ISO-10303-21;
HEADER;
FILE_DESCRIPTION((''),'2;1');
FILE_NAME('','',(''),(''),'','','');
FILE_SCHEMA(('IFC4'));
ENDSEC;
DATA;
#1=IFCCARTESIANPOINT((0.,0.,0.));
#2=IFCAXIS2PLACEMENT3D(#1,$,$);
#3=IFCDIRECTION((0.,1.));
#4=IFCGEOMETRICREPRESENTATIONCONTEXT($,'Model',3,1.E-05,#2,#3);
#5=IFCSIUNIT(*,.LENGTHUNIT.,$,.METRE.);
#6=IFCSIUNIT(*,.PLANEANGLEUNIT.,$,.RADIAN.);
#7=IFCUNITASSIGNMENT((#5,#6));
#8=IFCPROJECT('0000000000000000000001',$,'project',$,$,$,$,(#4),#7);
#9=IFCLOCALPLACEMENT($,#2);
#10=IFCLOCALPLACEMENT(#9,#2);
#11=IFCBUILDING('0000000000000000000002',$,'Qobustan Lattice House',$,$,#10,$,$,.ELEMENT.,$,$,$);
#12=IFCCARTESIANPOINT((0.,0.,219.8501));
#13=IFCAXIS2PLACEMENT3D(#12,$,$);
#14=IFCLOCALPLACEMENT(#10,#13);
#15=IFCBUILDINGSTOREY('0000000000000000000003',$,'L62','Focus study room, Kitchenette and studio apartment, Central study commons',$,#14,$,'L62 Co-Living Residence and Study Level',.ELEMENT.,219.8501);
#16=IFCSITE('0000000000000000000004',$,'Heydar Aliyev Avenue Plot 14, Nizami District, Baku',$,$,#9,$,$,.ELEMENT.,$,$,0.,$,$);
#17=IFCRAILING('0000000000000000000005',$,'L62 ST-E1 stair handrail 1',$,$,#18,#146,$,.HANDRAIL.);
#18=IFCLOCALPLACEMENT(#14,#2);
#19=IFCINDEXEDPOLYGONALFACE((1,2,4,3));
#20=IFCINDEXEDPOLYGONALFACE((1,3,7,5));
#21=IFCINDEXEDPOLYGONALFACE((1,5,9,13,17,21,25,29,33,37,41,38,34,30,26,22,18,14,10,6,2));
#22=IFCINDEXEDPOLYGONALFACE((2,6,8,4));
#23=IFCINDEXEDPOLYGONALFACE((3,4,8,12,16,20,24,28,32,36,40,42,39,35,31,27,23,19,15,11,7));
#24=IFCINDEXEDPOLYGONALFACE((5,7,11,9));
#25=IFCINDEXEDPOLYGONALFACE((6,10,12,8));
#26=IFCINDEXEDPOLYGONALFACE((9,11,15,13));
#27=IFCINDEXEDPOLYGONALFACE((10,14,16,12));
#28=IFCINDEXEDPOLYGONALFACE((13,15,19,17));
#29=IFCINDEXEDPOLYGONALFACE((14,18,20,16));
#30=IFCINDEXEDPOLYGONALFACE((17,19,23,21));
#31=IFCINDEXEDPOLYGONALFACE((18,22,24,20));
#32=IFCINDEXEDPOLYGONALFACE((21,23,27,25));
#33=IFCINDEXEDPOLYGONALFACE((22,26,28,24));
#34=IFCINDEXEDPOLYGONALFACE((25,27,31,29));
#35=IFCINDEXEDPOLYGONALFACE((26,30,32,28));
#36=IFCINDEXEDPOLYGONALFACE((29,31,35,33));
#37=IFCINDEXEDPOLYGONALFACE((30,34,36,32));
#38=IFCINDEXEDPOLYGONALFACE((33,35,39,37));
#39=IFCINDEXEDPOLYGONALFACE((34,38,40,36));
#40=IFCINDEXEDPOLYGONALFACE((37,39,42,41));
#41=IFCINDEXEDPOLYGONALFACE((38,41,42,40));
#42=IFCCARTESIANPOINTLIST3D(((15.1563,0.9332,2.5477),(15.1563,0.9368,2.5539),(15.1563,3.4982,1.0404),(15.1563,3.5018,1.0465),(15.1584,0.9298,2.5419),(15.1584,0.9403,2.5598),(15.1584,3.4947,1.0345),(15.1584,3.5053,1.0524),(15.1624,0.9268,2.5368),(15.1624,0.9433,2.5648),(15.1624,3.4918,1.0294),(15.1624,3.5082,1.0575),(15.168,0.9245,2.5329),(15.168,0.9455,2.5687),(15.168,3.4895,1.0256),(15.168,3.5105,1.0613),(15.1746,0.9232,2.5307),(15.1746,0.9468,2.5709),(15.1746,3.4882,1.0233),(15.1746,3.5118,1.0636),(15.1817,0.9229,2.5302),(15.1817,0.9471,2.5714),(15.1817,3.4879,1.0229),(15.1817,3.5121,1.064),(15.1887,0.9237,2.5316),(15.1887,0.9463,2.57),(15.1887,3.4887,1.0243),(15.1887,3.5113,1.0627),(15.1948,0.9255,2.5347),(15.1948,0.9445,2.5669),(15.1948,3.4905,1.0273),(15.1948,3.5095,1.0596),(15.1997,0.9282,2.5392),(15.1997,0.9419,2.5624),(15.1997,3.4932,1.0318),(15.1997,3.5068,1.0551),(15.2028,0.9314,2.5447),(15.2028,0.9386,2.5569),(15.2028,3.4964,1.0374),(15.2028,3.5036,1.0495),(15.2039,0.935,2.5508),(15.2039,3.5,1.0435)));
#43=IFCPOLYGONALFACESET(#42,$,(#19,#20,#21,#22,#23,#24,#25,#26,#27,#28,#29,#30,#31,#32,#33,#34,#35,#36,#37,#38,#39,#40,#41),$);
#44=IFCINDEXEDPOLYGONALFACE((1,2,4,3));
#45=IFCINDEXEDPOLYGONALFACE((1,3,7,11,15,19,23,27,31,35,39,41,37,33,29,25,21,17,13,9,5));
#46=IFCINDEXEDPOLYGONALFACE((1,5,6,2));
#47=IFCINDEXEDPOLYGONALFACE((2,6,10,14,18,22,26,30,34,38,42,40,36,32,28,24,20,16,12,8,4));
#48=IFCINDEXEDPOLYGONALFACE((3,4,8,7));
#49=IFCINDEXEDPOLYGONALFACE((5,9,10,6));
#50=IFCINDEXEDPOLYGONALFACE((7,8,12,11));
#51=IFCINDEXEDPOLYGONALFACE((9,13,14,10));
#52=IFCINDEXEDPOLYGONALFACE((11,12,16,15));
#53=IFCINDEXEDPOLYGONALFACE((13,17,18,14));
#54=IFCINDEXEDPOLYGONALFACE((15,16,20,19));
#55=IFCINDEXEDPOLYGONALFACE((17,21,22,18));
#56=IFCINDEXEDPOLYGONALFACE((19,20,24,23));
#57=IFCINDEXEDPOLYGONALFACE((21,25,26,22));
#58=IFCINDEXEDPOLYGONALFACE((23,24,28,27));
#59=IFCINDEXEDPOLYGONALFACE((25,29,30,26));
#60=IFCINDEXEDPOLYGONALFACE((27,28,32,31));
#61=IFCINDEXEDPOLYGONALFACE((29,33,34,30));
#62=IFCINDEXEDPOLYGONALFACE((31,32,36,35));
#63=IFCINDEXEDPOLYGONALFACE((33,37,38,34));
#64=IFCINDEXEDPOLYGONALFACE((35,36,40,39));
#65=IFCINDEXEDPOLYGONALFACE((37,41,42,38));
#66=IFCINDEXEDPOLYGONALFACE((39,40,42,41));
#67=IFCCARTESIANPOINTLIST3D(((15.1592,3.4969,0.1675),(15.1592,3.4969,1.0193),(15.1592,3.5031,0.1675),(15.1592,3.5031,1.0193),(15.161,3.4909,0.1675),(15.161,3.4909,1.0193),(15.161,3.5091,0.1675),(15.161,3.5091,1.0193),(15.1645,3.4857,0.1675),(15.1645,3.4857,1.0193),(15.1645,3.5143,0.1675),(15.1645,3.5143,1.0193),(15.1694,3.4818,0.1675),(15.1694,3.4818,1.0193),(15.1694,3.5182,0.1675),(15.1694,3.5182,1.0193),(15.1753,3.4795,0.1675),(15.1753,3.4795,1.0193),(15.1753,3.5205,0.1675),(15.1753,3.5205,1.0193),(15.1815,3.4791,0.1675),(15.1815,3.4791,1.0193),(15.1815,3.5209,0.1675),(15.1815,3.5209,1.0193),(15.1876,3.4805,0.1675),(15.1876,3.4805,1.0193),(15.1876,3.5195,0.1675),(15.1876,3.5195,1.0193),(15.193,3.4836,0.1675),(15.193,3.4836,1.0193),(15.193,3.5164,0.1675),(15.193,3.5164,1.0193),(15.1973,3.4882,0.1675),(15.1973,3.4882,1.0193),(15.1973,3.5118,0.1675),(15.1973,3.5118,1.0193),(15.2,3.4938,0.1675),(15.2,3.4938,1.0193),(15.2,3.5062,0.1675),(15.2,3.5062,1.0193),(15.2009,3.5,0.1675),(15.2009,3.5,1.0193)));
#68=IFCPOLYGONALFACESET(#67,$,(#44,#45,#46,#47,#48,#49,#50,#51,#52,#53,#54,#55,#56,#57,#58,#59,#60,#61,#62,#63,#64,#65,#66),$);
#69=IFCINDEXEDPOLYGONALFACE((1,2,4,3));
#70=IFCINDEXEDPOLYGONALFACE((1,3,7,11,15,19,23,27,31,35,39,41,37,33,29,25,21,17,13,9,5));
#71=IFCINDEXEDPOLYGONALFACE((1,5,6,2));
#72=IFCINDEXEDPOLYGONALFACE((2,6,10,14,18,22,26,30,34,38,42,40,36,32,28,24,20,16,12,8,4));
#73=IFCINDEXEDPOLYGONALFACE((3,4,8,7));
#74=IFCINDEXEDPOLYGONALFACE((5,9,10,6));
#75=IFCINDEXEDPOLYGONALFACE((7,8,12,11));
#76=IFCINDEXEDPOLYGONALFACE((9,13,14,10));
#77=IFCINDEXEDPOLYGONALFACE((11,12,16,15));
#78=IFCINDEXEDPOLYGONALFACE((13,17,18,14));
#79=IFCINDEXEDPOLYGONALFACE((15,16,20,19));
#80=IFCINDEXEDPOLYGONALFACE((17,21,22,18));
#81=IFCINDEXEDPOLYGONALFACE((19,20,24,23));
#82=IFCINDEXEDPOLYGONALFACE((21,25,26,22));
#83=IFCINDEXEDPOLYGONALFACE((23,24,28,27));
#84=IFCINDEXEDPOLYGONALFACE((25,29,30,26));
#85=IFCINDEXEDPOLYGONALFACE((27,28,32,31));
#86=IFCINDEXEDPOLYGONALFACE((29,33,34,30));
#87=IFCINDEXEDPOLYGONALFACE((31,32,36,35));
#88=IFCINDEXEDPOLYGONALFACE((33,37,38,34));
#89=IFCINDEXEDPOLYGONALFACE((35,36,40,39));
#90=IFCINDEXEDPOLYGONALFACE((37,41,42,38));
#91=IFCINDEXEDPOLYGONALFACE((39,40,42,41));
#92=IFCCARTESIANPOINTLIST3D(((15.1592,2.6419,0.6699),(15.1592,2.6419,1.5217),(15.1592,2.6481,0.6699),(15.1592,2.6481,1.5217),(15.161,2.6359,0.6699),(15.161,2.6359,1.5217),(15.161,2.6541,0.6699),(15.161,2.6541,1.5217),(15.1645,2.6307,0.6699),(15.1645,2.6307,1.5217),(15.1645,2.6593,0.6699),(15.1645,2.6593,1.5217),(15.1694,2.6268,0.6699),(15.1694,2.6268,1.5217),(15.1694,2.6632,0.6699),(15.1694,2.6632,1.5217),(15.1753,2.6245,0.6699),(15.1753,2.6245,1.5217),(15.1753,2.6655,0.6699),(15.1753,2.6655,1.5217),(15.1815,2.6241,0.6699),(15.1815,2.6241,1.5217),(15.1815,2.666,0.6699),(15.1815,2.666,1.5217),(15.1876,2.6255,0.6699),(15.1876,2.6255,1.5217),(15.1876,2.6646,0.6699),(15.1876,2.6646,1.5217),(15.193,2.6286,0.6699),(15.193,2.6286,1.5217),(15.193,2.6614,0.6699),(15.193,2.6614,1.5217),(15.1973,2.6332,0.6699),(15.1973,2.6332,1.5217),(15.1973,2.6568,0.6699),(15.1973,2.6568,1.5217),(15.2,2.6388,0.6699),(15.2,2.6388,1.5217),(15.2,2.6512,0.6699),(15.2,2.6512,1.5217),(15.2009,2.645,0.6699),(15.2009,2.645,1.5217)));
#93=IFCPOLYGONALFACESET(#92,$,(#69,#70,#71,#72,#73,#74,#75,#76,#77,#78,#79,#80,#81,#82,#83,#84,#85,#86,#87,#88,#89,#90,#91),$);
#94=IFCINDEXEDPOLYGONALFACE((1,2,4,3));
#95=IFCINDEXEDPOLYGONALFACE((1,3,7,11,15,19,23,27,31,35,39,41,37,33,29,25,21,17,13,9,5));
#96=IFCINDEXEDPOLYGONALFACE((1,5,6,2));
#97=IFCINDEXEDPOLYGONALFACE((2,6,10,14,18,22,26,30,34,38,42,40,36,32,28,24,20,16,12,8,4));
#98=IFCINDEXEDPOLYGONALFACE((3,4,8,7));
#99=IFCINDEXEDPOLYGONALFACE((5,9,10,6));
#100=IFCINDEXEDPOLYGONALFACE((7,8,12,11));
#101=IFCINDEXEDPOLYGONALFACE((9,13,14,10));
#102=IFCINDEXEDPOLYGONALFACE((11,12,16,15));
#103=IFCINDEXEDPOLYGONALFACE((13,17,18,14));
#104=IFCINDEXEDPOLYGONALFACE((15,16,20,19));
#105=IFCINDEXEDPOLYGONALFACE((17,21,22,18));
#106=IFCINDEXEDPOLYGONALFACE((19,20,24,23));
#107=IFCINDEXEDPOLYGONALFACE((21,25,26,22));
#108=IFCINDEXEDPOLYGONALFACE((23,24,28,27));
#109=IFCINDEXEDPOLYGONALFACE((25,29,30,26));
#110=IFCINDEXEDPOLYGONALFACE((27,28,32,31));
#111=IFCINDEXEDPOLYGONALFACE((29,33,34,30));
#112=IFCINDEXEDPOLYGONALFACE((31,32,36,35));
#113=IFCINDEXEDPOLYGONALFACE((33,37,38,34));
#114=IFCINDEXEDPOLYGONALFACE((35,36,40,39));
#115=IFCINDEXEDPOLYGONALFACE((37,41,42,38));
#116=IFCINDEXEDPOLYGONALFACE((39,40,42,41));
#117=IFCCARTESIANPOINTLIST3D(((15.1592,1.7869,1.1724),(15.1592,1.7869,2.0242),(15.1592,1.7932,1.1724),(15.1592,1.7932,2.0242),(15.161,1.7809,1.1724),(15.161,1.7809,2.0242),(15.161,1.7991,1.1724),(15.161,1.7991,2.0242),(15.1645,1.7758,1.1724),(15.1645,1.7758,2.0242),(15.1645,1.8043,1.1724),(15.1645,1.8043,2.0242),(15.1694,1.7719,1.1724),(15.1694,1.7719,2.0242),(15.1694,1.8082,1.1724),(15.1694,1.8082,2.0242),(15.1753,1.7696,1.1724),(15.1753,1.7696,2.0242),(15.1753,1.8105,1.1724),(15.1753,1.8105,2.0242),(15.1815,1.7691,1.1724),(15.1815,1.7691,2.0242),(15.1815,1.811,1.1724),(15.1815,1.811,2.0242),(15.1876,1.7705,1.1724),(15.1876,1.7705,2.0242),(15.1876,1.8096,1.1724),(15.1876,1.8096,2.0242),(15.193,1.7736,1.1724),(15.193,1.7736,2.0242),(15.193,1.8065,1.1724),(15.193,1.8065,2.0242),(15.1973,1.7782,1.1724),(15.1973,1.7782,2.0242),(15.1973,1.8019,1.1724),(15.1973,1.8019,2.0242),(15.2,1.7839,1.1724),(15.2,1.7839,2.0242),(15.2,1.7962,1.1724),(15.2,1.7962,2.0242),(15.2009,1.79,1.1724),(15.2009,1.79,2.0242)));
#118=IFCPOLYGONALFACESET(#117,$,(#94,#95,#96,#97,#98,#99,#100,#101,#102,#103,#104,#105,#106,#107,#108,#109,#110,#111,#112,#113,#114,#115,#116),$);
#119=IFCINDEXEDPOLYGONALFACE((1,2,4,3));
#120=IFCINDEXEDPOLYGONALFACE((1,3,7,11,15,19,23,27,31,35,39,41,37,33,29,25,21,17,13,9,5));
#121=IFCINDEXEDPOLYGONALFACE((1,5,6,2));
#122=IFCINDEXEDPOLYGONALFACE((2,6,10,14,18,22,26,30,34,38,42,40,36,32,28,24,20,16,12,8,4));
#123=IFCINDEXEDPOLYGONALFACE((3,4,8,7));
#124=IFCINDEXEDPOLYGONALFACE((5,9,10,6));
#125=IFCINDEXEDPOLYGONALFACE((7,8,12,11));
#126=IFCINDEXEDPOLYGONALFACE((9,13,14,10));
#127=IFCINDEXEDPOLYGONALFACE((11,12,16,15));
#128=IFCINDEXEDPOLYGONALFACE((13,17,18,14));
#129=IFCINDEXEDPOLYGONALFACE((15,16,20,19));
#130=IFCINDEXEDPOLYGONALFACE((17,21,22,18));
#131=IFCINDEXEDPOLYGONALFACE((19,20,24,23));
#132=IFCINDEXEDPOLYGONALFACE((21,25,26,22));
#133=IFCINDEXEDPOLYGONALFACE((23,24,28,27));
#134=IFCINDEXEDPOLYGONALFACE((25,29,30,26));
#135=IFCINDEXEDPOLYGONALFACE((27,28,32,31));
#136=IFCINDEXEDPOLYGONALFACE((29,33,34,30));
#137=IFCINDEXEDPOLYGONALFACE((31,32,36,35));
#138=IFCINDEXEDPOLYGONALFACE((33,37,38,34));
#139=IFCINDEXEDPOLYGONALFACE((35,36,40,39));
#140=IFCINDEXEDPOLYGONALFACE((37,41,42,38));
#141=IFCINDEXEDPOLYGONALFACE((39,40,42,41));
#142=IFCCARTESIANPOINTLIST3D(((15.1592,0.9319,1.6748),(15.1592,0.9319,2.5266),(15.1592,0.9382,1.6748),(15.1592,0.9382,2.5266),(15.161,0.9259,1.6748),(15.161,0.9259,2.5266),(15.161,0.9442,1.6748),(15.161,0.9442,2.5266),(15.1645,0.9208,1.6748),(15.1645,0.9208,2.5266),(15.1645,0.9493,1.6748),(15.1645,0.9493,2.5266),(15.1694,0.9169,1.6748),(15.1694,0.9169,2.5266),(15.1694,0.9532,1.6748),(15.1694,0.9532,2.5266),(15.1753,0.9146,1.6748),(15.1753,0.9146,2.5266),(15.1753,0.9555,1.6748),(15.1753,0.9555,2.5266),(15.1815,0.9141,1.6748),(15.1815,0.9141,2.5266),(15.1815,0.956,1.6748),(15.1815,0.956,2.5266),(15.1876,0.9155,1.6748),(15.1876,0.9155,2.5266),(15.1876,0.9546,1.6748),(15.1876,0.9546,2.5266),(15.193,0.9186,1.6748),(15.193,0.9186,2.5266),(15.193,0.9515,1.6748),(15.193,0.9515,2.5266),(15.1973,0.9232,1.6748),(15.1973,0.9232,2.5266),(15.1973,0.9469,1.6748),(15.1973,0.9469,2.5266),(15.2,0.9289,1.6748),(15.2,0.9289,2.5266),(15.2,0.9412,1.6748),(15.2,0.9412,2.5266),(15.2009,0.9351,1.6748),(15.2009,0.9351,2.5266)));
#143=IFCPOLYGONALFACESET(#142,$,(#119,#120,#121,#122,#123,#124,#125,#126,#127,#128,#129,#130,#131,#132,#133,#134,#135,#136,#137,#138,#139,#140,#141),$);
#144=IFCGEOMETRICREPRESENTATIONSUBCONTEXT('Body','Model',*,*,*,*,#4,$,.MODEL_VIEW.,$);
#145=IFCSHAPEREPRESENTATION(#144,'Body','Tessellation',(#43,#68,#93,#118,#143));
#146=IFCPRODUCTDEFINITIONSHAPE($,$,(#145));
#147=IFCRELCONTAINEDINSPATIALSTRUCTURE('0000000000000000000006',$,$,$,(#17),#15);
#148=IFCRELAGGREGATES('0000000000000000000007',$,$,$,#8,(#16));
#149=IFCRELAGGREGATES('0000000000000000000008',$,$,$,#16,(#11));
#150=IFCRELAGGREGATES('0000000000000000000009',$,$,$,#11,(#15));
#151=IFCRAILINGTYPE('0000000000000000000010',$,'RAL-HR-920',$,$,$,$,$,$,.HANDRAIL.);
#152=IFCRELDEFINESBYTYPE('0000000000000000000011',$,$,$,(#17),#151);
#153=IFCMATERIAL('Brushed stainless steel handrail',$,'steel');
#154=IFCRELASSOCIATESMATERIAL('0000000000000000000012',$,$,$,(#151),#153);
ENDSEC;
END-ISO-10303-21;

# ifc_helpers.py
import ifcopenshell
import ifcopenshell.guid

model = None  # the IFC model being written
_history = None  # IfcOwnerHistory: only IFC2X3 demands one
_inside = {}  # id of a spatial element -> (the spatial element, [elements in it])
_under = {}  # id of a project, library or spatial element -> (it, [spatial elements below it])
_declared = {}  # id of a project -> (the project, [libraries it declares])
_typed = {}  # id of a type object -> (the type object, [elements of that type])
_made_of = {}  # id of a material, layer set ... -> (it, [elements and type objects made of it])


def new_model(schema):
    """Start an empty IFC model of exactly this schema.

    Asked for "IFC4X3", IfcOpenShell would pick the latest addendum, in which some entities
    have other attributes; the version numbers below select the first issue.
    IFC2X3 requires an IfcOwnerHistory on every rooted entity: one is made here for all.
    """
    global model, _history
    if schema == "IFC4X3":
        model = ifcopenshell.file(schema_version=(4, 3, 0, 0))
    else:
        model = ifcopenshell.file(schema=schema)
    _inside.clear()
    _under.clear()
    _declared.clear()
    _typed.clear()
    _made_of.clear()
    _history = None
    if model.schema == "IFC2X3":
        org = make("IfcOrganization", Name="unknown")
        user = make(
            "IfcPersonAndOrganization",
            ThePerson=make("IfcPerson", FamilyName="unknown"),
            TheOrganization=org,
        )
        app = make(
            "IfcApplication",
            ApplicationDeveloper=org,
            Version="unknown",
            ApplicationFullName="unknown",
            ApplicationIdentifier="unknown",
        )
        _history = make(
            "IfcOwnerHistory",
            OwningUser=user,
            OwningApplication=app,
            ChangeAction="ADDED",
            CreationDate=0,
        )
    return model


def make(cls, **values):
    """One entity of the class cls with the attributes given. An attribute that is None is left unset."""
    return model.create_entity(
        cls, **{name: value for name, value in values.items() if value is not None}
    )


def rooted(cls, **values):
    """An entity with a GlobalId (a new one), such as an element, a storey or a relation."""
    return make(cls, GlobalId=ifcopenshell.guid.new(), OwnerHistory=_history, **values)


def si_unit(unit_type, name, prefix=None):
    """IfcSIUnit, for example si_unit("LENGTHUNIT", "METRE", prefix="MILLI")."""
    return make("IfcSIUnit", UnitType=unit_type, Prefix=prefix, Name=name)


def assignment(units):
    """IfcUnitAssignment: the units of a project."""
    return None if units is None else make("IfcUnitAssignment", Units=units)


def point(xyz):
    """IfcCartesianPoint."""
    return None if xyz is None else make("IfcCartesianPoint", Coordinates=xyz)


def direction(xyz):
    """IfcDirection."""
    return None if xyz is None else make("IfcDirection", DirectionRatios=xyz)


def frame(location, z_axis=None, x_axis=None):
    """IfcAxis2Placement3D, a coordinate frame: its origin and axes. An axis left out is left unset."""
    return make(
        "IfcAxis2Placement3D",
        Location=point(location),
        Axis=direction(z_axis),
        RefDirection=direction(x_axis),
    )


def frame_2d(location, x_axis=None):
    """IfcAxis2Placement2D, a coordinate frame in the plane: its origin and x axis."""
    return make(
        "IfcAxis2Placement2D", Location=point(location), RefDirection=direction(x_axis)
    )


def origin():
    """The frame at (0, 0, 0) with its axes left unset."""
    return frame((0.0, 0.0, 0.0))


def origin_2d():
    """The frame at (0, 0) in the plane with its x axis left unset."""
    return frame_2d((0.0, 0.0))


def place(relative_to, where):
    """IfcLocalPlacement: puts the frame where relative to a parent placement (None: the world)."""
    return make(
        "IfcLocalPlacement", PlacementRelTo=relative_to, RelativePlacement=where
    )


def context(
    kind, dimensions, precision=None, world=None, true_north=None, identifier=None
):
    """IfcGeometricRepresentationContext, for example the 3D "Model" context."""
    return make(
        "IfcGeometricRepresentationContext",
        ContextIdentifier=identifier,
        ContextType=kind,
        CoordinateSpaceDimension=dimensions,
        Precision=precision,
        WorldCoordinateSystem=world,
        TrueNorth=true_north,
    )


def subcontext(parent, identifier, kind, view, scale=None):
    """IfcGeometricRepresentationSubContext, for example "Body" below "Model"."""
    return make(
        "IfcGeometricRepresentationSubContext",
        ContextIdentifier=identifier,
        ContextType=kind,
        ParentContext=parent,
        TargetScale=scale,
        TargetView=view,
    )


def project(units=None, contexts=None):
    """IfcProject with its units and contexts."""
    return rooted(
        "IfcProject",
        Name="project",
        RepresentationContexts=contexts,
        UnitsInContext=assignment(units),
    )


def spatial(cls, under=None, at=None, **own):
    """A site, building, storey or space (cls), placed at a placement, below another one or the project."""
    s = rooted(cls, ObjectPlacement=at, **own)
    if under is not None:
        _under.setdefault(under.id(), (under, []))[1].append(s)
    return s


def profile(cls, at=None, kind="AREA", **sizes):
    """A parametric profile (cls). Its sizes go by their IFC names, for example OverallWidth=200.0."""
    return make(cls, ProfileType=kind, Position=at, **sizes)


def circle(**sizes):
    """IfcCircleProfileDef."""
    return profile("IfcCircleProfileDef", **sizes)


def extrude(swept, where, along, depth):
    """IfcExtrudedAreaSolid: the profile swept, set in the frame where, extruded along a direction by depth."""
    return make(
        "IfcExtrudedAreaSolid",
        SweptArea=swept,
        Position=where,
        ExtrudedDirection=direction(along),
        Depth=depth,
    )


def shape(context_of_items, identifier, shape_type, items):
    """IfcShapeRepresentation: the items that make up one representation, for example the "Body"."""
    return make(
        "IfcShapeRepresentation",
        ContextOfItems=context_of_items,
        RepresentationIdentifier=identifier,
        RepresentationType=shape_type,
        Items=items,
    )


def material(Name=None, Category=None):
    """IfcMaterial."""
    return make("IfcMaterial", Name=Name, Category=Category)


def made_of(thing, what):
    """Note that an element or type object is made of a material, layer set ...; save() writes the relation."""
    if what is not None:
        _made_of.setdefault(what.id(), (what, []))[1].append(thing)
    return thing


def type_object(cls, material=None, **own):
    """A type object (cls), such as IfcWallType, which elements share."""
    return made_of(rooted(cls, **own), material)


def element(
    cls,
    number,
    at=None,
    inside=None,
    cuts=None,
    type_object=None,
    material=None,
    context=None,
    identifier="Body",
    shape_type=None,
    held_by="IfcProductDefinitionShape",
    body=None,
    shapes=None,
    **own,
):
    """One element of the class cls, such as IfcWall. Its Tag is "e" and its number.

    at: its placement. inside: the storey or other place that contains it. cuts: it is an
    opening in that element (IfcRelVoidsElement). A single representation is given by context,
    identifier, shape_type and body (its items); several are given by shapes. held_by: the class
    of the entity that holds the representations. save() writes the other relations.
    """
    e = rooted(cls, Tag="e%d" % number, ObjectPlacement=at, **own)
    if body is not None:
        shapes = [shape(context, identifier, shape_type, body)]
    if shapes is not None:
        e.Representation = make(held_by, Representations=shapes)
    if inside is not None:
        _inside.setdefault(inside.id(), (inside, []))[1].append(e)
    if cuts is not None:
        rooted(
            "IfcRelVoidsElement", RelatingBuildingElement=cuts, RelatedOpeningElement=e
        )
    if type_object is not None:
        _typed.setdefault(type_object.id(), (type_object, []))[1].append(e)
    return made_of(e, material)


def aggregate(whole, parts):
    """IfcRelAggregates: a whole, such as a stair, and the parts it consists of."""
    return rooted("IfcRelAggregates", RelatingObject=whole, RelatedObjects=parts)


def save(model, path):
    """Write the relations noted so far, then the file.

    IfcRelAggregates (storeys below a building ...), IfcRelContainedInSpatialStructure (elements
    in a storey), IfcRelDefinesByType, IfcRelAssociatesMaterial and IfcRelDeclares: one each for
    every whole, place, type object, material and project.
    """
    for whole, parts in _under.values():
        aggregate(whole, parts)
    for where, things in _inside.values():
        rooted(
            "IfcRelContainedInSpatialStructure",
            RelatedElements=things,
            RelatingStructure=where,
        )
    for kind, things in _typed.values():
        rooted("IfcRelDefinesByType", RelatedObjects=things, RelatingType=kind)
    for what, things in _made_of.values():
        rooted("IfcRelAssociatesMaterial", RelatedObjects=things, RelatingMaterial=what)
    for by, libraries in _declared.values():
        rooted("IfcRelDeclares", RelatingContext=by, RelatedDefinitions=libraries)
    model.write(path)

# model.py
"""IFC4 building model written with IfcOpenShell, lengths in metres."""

from ifc_helpers import new_model, si_unit, direction, frame, origin, origin_2d, place, context, subcontext, project, spatial, circle, extrude, material, type_object, element, save


model = new_model("IFC4")

# Units and contexts
model_context = context("Model", 3, precision=1e-05, world=origin(), true_north=direction((0.0, 1.0)))
body_context = subcontext(model_context, "Body", "Model", "MODEL_VIEW")
ifc_project = project(units=[si_unit("LENGTHUNIT", "METRE"), si_unit("PLANEANGLEUNIT", "RADIAN")], contexts=[model_context])

# Site, building, storey
site_placement = place(None, origin())
site = spatial("IfcSite", under=ifc_project, at=site_placement, Name="Heydar Aliyev Avenue Plot 14, Nizami District, Baku", CompositionType="ELEMENT", RefElevation=0.0)
building_placement = place(site_placement, origin())
building = spatial("IfcBuilding", under=site, at=building_placement, Name="Qobustan Lattice House", CompositionType="ELEMENT")
storey_placement = place(building_placement, frame((0.0, 0.0, 219.8501)))
storey = spatial("IfcBuildingStorey", under=building, at=storey_placement, Name="L62", Description="Focus study room, Kitchenette and studio apartment, Central study commons", LongName="L62 Co-Living Residence and Study Level", CompositionType="ELEMENT", Elevation=219.8501)

# Railing
ifc_material_1 = material(Name="Brushed stainless steel handrail", Category="steel")
railing_type = type_object("IfcRailingType", Name="RAL-HR-920", PredefinedType="HANDRAIL", material=ifc_material_1)
railing_placement = place(storey_placement, frame((15.1799, 3.5, 0.1675)))
element("IfcRailing", 1, at=railing_placement, inside=storey, type_object=railing_type, Name="L62 ST-E1 stair handrail 1", PredefinedType="HANDRAIL", context=body_context, shape_type="SweptSolid", body=[
    extrude(circle(Radius=0.0239, at=origin_2d()), frame((0.0, 0.0, 0.876), z_axis=(0.0, -0.862149, 0.506654), x_axis=(1.0, 0.0, 0.0)), (0.0, 0.0, 1.0), 2.9751),
    extrude(circle(Radius=0.021, at=origin_2d()), origin(), (0.0, 0.0, 1.0), 0.8518),
    extrude(circle(Radius=0.021, at=origin_2d()), frame((0.0, -0.855, 0.5024)), (0.0, 0.0, 1.0), 0.8518),
    extrude(circle(Radius=0.021, at=origin_2d()), frame((0.0, -1.71, 1.0049)), (0.0, 0.0, 1.0), 0.8518),
    extrude(circle(Radius=0.021, at=origin_2d()), frame((0.0, -2.5649, 1.5073)), (0.0, 0.0, 1.0), 0.8518),
])

save(model, "model.ifc")
